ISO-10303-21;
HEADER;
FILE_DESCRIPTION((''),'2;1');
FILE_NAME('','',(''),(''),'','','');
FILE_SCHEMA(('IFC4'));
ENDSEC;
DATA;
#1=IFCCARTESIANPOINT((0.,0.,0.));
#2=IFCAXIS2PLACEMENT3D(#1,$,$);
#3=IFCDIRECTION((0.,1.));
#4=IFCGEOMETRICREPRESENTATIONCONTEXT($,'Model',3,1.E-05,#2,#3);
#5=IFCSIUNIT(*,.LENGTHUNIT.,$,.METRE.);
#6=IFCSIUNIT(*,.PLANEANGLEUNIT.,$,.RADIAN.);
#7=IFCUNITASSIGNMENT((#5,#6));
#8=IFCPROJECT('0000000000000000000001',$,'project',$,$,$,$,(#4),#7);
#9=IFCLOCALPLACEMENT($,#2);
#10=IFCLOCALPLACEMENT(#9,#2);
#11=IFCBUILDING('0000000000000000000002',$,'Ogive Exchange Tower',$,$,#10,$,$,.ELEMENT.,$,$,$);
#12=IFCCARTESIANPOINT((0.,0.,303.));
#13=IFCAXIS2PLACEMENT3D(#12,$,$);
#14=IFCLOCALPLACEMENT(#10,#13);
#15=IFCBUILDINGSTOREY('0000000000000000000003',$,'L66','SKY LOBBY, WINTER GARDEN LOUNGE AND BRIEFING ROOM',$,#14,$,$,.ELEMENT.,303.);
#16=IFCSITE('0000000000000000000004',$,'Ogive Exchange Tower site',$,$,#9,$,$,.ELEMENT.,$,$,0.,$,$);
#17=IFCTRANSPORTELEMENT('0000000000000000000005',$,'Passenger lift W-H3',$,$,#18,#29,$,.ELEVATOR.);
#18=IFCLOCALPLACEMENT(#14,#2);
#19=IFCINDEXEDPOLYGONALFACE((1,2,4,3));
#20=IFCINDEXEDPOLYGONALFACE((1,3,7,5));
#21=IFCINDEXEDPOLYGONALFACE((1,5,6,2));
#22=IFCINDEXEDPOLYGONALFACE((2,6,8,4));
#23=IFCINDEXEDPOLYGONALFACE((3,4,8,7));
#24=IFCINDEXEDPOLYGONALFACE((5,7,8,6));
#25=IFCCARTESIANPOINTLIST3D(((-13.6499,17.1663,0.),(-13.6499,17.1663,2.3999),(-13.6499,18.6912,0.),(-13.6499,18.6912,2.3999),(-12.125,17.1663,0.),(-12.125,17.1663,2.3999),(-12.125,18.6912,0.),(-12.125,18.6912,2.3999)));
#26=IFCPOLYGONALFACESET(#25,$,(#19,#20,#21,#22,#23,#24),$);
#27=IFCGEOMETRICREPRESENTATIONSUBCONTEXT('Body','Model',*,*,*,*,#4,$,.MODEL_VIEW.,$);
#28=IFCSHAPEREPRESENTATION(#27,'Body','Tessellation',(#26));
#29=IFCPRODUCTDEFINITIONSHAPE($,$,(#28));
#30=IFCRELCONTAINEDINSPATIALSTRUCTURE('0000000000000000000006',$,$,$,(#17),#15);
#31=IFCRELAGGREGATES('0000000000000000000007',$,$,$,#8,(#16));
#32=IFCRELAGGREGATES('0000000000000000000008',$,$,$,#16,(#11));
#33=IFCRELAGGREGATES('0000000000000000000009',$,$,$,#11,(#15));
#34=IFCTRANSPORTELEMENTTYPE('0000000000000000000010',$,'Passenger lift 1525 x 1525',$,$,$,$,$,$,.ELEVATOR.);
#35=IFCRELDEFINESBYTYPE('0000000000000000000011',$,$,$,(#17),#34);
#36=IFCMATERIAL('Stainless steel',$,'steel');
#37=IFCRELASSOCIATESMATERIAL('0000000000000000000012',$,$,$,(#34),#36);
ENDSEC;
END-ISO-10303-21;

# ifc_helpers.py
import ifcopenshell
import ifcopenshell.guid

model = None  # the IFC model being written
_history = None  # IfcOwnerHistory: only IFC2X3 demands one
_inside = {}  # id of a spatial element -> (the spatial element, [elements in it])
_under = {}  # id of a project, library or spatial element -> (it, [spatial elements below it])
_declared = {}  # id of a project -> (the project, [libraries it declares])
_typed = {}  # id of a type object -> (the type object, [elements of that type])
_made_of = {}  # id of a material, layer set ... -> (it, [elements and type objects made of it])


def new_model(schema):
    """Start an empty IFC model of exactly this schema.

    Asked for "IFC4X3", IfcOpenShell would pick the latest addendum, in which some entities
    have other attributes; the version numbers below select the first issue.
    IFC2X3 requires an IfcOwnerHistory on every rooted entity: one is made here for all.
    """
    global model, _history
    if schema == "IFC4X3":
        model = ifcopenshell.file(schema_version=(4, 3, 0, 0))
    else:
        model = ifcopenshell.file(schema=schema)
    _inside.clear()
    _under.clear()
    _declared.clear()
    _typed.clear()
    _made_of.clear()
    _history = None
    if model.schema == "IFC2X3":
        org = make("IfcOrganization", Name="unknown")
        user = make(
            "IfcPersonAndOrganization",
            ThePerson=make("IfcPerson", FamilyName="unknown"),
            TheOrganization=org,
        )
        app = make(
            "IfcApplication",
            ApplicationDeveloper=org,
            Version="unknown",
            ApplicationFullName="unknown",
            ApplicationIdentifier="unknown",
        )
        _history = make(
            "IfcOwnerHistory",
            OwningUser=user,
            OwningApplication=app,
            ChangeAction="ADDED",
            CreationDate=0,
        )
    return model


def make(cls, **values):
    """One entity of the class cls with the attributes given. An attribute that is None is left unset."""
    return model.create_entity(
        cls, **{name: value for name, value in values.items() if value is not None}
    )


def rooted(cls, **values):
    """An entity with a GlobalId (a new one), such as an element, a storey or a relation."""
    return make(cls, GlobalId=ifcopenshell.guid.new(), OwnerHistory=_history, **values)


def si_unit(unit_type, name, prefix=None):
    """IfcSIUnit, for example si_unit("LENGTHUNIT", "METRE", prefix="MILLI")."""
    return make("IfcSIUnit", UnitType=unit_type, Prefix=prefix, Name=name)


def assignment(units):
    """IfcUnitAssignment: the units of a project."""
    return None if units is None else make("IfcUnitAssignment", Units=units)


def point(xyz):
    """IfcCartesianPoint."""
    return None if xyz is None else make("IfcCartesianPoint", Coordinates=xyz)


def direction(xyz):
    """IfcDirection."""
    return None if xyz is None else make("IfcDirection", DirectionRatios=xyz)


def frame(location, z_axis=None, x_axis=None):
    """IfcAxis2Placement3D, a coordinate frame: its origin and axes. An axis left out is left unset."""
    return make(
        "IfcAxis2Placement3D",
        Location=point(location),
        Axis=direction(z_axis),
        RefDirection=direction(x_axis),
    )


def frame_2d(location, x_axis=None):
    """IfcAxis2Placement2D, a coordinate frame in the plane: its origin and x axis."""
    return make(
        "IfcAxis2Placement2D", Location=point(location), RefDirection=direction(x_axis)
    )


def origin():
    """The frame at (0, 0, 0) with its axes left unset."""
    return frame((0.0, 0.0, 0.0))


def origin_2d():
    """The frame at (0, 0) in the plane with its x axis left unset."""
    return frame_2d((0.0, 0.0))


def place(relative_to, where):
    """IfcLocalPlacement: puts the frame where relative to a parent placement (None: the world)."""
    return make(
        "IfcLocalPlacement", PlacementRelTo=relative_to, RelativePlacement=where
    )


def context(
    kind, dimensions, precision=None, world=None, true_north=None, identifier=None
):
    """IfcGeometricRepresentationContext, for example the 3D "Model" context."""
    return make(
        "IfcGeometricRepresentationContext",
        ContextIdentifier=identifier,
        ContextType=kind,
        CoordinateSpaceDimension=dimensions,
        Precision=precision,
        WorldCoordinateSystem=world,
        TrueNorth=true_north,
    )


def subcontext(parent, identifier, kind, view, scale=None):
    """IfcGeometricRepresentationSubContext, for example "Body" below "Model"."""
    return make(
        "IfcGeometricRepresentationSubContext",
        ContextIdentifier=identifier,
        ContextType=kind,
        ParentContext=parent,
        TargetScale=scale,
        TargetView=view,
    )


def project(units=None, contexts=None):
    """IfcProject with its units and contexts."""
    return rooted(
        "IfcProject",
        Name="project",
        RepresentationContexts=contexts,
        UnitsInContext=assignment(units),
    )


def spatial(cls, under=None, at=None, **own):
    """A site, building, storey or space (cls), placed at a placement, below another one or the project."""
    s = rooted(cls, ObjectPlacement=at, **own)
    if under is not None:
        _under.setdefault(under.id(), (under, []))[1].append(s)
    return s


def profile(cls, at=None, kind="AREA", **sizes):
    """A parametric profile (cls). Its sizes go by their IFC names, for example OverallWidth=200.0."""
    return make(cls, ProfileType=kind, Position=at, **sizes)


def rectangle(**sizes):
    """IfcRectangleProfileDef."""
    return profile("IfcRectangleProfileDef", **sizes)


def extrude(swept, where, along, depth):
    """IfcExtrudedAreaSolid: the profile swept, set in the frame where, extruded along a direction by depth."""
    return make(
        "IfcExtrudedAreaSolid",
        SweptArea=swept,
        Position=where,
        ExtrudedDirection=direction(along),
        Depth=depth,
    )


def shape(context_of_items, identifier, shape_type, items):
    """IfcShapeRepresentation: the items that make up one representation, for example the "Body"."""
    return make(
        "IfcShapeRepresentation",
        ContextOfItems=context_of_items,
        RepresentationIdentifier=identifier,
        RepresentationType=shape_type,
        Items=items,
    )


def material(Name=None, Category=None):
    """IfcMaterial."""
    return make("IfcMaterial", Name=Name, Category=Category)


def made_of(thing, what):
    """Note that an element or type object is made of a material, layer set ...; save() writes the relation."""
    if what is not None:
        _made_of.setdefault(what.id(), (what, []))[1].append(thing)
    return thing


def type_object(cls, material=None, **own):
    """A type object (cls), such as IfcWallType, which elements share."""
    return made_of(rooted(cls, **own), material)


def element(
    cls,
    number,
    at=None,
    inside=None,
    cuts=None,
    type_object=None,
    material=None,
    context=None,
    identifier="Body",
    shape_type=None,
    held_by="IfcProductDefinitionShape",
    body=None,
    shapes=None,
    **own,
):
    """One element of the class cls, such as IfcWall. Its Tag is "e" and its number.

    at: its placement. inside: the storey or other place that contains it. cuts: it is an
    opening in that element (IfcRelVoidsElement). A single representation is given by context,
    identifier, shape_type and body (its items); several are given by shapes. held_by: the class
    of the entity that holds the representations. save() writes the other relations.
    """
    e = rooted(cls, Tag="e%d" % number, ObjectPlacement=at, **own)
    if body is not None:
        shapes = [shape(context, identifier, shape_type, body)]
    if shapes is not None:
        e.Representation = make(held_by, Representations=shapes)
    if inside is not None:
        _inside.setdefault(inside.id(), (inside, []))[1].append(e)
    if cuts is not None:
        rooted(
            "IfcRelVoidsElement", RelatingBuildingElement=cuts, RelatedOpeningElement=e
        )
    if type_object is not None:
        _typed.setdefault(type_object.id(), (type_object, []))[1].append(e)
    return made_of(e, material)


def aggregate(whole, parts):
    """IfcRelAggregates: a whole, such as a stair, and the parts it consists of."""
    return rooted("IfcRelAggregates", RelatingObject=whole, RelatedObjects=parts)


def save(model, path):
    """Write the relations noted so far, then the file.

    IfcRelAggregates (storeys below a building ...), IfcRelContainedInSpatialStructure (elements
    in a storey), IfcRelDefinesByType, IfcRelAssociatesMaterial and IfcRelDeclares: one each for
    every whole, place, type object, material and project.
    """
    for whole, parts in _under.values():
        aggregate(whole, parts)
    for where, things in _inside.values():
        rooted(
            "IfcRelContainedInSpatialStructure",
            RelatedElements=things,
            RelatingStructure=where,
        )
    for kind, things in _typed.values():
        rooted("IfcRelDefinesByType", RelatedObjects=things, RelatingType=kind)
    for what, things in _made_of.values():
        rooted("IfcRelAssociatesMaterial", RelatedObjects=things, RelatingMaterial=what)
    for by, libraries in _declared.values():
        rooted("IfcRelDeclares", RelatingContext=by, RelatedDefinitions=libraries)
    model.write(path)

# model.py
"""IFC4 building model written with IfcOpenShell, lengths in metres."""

from ifc_helpers import new_model, si_unit, direction, frame, origin, origin_2d, place, context, subcontext, project, spatial, rectangle, extrude, material, type_object, element, save


model = new_model("IFC4")

# Units and contexts
model_context = context("Model", 3, precision=1e-05, world=origin(), true_north=direction((0.0, 1.0)))
body_context = subcontext(model_context, "Body", "Model", "MODEL_VIEW")
ifc_project = project(units=[si_unit("LENGTHUNIT", "METRE"), si_unit("PLANEANGLEUNIT", "RADIAN")], contexts=[model_context])

# Site, building, storey
site_placement = place(None, origin())
site = spatial("IfcSite", under=ifc_project, at=site_placement, Name="Ogive Exchange Tower site", CompositionType="ELEMENT", RefElevation=0.0)
building_placement = place(site_placement, origin())
building = spatial("IfcBuilding", under=site, at=building_placement, Name="Ogive Exchange Tower", CompositionType="ELEMENT")
storey_placement = place(building_placement, frame((0.0, 0.0, 303.0)))
storey = spatial("IfcBuildingStorey", under=building, at=storey_placement, Name="L66", Description="SKY LOBBY, WINTER GARDEN LOUNGE AND BRIEFING ROOM", CompositionType="ELEMENT", Elevation=303.0)

# Shared definitions
ifc_material_1 = material(Name="Stainless steel", Category="steel")

# Transport element
transport_element_type = type_object("IfcTransportElementType", Name="Passenger lift 1525 x 1525", PredefinedType="ELEVATOR", material=ifc_material_1)
for number, where, z_axis, x_axis, name in (
    (1, (-12.8875, 17.9287, 0.0), (0.0, 0.0, 1.0), (1.0, 0.0, 0.0), "Passenger lift W-H3"),
):
    element("IfcTransportElement", number, at=place(storey_placement, frame(where, z_axis=z_axis, x_axis=x_axis)), inside=storey, type_object=transport_element_type, Name=name, PredefinedType="ELEVATOR", context=body_context, shape_type="SweptSolid", body=[
        extrude(rectangle(XDim=1.5249, YDim=1.5249, at=origin_2d()), origin(), (0.0, 0.0, 1.0), 2.3999),
    ])

save(model, "model.ifc")
